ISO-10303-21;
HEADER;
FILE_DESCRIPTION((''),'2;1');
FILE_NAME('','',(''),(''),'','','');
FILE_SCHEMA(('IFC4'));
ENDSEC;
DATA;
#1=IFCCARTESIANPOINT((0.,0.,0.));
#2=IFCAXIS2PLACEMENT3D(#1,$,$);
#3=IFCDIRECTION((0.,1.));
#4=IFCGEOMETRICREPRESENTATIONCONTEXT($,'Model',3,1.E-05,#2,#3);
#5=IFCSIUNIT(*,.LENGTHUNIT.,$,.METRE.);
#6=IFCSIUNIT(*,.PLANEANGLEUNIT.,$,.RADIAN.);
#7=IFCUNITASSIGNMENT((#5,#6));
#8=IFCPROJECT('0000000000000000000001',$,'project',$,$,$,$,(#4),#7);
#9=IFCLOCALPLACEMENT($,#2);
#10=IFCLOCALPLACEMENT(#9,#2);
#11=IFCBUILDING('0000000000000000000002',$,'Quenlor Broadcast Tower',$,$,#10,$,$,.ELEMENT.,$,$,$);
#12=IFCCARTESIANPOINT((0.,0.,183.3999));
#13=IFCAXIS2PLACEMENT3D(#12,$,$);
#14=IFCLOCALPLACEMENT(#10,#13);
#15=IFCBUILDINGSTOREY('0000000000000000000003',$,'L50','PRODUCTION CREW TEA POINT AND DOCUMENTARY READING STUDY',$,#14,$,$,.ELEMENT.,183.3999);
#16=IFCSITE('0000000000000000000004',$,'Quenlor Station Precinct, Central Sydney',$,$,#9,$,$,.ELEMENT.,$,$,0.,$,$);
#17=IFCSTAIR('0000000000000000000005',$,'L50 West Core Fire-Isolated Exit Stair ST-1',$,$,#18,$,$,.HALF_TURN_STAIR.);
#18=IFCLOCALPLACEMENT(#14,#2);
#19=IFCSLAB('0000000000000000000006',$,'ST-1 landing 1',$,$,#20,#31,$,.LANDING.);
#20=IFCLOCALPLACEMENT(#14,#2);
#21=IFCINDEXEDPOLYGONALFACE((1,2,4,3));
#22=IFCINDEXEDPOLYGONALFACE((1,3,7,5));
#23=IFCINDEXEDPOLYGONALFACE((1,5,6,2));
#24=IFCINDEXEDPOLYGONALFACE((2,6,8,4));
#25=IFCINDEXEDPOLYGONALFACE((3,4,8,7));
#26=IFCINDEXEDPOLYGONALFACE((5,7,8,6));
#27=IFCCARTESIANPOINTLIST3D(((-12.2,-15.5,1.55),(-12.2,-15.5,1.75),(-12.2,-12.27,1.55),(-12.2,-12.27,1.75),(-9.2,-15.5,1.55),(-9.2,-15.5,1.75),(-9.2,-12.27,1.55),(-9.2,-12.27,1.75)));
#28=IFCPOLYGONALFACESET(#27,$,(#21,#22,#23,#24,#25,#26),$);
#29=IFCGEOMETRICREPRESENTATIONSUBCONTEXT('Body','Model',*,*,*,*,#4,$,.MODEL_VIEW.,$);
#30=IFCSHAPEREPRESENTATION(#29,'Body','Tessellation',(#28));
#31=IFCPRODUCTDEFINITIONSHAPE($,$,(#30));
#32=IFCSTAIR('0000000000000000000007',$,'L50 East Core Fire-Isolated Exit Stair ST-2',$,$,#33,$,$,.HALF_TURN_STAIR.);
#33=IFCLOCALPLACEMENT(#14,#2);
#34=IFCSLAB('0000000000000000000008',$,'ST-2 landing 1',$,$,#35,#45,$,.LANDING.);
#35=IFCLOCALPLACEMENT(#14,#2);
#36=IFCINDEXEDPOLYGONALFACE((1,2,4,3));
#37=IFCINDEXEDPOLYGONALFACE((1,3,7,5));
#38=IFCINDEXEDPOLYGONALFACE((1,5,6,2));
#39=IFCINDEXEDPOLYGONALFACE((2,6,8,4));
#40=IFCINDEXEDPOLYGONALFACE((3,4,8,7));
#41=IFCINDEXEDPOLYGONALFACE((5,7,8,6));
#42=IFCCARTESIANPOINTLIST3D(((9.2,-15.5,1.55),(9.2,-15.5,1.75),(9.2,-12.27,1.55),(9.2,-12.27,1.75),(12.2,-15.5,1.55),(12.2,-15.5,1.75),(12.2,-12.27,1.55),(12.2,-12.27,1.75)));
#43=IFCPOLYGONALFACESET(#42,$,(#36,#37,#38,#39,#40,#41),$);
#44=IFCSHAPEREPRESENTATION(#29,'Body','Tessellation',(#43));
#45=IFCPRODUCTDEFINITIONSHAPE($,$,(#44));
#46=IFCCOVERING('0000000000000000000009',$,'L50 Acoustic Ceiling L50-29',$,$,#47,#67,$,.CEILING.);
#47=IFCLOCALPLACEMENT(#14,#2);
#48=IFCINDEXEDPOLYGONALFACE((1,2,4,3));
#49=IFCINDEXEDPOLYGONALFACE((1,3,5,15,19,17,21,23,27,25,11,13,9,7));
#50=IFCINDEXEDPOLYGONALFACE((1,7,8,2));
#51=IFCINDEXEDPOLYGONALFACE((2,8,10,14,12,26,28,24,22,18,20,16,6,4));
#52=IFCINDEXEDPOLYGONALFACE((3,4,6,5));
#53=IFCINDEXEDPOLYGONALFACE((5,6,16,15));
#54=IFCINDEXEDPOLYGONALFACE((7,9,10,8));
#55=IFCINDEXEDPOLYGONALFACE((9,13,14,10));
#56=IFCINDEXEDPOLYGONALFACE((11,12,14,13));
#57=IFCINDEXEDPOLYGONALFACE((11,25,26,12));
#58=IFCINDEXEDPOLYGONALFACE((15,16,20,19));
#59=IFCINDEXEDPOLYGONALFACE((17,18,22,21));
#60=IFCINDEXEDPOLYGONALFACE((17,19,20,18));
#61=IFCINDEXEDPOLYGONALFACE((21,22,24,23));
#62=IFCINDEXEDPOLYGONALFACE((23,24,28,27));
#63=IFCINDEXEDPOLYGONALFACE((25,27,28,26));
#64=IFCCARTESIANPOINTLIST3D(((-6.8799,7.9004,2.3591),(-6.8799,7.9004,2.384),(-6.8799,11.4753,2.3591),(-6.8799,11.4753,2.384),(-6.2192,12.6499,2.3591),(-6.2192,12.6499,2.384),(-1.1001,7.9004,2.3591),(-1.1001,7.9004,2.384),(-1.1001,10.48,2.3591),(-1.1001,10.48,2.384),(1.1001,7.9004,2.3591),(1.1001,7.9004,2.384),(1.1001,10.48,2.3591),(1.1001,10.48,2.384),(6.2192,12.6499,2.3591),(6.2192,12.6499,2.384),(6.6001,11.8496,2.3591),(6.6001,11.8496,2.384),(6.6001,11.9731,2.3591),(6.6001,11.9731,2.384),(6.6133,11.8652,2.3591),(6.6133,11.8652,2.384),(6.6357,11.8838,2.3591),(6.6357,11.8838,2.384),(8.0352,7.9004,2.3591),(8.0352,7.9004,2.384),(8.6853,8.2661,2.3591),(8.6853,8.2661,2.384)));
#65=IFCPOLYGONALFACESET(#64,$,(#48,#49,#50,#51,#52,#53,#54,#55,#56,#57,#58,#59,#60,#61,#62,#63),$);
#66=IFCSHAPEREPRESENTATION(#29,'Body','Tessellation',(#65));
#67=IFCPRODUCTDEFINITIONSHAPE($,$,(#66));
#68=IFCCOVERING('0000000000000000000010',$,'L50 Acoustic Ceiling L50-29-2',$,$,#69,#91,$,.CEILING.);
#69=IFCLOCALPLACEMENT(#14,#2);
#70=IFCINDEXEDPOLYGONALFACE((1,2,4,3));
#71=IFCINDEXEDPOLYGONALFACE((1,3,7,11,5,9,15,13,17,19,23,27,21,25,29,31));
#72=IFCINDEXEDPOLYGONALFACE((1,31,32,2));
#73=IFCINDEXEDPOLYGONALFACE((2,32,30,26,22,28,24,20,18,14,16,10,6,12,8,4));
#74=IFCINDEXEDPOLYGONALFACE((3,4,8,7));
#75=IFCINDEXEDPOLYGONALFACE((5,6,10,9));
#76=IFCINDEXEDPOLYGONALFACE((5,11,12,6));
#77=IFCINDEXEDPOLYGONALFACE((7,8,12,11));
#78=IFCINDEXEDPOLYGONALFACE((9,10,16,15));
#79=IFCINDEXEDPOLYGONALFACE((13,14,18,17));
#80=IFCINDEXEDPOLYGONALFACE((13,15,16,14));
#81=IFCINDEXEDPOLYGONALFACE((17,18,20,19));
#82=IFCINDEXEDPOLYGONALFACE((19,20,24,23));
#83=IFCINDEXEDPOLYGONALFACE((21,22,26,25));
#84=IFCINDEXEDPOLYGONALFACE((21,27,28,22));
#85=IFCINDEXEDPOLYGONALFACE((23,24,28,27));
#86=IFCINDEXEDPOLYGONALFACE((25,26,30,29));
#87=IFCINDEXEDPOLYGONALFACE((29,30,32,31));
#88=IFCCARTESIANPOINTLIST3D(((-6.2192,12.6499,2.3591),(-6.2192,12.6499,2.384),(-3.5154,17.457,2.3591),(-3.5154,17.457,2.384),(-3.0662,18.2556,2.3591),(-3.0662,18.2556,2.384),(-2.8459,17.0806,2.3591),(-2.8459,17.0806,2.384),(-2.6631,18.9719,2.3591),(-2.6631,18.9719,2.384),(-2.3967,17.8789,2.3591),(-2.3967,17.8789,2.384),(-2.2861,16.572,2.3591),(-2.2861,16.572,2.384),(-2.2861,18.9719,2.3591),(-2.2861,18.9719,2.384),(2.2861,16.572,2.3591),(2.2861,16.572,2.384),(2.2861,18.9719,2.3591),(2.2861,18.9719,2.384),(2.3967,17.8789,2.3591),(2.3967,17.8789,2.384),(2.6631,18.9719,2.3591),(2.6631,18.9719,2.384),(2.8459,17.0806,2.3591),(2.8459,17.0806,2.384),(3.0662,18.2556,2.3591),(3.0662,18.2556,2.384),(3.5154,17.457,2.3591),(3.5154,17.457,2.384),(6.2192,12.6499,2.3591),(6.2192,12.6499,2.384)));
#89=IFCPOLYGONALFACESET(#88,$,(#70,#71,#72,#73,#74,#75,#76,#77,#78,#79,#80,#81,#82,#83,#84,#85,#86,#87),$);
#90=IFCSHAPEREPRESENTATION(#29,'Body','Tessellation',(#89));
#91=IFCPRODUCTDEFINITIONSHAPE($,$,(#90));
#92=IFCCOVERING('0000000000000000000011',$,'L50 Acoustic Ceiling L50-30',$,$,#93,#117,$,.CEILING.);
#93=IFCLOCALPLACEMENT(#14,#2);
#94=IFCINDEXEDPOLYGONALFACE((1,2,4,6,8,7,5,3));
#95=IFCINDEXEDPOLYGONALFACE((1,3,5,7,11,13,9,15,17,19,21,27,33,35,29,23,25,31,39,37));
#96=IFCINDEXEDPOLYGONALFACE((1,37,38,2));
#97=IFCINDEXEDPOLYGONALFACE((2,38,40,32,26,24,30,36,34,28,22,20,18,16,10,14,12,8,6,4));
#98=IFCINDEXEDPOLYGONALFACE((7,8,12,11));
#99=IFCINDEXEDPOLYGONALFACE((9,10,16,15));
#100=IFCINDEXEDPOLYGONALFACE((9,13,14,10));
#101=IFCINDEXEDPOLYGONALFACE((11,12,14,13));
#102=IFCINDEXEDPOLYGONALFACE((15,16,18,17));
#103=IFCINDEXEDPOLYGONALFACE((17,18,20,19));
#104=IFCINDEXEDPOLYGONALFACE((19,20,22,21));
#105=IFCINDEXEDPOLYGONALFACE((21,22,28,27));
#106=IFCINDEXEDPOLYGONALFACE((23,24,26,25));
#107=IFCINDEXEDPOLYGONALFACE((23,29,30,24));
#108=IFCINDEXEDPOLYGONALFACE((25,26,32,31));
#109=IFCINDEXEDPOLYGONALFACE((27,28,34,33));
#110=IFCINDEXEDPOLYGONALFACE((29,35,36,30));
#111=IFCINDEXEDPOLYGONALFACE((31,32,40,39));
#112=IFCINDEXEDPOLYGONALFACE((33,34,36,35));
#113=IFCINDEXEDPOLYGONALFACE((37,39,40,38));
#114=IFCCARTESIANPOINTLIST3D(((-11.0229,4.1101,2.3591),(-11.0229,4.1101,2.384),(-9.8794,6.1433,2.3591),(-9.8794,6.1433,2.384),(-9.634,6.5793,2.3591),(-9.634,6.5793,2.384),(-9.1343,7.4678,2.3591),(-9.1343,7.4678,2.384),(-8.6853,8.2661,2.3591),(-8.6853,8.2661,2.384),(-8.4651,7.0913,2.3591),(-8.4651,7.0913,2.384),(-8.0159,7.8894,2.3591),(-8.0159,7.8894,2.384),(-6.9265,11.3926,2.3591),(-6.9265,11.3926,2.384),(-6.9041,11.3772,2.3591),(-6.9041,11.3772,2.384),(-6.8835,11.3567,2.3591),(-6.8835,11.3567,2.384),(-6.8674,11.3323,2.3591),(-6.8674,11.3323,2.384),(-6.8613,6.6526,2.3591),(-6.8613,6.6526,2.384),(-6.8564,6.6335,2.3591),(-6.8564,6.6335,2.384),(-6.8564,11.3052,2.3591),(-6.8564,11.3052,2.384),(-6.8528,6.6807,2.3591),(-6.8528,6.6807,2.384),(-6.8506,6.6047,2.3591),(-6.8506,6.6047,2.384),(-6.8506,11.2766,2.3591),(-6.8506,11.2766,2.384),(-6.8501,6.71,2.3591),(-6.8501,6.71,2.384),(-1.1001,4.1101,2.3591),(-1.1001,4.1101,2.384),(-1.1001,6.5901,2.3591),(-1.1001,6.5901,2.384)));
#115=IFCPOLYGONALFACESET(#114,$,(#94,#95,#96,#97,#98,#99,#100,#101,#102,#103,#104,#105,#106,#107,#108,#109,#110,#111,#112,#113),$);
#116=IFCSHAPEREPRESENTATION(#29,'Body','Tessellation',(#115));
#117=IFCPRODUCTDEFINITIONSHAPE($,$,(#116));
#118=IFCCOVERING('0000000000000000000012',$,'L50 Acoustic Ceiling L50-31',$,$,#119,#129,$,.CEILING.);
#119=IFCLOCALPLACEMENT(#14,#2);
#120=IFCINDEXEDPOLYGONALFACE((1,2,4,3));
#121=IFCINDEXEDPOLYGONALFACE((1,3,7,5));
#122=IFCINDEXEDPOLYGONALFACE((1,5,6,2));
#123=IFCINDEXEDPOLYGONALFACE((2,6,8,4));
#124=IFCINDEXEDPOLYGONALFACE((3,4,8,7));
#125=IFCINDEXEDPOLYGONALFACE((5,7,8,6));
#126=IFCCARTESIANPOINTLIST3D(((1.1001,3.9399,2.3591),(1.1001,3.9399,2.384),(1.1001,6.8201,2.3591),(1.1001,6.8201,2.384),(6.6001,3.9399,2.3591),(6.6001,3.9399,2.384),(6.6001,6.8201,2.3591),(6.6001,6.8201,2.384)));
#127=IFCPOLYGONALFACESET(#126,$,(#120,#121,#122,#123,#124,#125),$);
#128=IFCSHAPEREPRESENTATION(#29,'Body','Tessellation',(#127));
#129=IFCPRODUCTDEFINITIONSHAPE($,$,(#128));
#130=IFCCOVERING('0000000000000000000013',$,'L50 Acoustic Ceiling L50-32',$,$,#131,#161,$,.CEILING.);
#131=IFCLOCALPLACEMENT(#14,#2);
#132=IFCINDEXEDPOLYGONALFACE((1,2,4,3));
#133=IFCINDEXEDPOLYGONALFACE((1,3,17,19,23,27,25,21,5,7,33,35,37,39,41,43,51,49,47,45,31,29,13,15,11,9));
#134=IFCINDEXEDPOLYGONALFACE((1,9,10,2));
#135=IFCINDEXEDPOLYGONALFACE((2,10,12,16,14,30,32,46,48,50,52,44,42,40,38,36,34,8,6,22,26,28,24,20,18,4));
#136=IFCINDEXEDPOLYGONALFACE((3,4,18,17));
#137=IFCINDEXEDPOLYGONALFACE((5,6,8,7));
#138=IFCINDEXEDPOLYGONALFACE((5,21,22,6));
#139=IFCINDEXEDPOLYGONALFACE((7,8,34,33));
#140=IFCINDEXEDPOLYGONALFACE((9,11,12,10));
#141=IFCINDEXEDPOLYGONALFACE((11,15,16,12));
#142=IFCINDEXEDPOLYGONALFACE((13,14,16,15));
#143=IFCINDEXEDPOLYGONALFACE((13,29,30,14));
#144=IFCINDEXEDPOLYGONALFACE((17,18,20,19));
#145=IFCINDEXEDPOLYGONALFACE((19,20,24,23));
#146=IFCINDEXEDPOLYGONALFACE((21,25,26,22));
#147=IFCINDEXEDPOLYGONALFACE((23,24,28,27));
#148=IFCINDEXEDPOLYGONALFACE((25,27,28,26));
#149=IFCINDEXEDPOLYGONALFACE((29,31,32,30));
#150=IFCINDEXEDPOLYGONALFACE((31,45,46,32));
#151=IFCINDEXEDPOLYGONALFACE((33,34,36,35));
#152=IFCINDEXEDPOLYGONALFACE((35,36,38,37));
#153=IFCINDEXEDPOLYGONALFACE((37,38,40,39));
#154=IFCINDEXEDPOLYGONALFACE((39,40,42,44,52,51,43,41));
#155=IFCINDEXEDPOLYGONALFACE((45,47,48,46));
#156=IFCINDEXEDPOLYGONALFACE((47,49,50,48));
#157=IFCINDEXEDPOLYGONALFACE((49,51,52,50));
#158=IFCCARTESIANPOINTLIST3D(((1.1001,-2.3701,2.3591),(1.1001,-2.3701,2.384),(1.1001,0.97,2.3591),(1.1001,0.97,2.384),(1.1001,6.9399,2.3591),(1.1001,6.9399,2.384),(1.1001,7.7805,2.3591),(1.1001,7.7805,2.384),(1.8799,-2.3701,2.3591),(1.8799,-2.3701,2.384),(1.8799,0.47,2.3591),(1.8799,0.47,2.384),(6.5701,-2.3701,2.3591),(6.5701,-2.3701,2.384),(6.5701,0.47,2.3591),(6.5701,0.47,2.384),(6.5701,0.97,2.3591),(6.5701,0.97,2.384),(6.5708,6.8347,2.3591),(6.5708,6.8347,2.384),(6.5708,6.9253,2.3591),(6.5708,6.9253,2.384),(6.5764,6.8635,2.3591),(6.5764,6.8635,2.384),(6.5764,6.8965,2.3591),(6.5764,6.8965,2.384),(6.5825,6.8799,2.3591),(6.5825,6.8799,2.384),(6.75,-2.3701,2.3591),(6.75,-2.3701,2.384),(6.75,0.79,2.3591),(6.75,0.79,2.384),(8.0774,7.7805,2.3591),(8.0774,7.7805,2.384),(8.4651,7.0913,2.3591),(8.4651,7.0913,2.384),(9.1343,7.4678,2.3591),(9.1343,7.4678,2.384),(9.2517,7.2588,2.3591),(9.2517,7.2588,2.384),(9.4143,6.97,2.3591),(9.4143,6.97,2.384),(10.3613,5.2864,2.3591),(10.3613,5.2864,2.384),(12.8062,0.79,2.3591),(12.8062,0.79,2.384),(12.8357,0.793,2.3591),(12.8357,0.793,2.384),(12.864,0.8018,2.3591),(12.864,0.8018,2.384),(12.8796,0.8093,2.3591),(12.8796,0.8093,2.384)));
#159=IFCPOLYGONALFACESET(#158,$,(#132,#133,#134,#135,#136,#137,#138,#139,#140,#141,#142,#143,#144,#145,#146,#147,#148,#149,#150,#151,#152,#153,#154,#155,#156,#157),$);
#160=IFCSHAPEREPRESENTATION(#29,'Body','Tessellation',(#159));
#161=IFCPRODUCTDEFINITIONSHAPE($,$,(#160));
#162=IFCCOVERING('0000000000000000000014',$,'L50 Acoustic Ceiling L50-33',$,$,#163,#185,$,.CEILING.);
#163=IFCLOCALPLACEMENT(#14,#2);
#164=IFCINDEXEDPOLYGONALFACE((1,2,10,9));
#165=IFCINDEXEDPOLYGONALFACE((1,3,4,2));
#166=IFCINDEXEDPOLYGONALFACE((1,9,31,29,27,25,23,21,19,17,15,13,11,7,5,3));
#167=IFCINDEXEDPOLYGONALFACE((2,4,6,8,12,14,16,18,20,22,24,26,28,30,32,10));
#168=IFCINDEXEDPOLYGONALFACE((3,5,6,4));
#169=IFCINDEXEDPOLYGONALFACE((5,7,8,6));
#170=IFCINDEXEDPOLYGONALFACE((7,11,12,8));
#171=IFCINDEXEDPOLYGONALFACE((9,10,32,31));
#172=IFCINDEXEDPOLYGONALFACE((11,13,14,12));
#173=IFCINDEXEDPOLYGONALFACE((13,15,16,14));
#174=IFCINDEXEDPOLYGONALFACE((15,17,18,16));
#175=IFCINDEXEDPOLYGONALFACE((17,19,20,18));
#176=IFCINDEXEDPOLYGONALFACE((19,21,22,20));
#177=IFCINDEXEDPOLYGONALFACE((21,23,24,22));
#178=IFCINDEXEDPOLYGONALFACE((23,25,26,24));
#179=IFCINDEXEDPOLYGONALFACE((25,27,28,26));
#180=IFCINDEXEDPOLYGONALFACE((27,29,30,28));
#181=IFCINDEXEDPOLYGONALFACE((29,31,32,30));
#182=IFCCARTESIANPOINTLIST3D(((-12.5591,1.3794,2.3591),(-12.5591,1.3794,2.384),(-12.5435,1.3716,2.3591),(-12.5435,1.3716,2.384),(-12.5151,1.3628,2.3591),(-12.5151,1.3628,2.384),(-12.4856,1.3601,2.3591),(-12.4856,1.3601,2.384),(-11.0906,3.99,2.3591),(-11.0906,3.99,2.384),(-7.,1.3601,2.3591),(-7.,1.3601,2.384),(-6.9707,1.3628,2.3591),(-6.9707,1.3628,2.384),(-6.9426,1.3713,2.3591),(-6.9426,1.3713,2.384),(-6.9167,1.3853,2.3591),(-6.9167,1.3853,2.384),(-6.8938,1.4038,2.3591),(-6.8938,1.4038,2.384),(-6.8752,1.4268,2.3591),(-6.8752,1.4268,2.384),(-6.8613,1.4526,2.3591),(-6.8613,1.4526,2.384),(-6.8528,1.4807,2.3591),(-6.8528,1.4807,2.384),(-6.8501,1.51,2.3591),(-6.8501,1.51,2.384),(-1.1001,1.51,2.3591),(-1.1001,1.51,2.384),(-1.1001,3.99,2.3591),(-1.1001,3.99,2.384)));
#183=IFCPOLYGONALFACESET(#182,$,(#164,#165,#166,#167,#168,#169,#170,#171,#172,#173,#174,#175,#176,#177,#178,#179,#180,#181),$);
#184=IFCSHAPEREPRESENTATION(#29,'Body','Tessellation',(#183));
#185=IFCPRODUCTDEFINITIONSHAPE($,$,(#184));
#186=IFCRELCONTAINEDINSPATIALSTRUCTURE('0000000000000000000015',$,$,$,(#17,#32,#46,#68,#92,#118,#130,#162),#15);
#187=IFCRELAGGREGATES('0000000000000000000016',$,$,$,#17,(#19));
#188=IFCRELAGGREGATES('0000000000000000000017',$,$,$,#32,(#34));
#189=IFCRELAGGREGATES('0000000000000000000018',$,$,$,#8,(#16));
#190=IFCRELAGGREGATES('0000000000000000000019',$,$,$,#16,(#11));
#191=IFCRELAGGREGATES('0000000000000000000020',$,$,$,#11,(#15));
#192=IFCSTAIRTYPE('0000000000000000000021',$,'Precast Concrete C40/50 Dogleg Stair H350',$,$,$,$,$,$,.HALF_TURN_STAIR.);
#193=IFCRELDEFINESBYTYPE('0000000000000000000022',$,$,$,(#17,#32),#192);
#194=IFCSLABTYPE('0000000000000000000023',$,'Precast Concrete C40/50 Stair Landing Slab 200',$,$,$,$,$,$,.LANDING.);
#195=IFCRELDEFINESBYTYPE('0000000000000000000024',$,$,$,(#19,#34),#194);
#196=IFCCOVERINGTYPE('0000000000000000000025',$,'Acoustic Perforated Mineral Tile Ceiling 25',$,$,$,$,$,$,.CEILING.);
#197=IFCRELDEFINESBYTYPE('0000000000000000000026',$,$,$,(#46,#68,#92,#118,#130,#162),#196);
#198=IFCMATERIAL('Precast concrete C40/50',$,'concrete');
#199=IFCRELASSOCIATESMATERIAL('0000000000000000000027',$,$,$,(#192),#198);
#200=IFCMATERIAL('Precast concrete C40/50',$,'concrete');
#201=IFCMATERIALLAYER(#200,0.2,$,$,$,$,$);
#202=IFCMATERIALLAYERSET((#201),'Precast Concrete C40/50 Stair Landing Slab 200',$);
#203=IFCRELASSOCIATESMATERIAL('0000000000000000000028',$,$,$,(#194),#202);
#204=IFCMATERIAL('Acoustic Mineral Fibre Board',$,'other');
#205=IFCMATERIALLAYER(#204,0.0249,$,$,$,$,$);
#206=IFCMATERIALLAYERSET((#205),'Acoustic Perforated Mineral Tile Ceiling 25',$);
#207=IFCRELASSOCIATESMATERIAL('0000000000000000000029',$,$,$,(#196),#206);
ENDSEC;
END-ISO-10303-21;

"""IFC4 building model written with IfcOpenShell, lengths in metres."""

from ifc_helpers import new_model, si_unit, direction, frame, origin, place, context, subcontext, project, spatial, polyline, outline, extrude, material, layer, layer_set, type_object, element, aggregate, save


model = new_model("IFC4")

# Units and contexts
model_context = context("Model", 3, precision=1e-05, world=origin(), true_north=direction((0.0, 1.0)))
body_context = subcontext(model_context, "Body", "Model", "MODEL_VIEW")
ifc_project = project(units=[si_unit("LENGTHUNIT", "METRE"), si_unit("PLANEANGLEUNIT", "RADIAN")], contexts=[model_context])

# Site, building, storey
site_placement = place(None, origin())
site = spatial("IfcSite", under=ifc_project, at=site_placement, Name="Quenlor Station Precinct, Central Sydney", CompositionType="ELEMENT", RefElevation=0.0)
building_placement = place(site_placement, origin())
building = spatial("IfcBuilding", under=site, at=building_placement, Name="Quenlor Broadcast Tower", CompositionType="ELEMENT")
storey_placement = place(building_placement, frame((0.0, 0.0, 183.3999)))
storey = spatial("IfcBuildingStorey", under=building, at=storey_placement, Name="L50", Description="PRODUCTION CREW TEA POINT AND DOCUMENTARY READING STUDY", CompositionType="ELEMENT", Elevation=183.3999)

# Stairs, slabs
ifc_material_1 = material(Name="Precast concrete C40/50", Category="concrete")
stair_type = type_object("IfcStairType", Name="Precast Concrete C40/50 Dogleg Stair H350", PredefinedType="HALF_TURN_STAIR", material=ifc_material_1)
stair_1_placement = place(storey_placement, origin())
stair_1 = element("IfcStair", 1, at=stair_1_placement, inside=storey, type_object=stair_type, Name="L50 West Core Fire-Isolated Exit Stair ST-1", PredefinedType="HALF_TURN_STAIR")
ifc_material_2 = material(Name="Precast concrete C40/50", Category="concrete")
ifc_layer_1 = layer(ifc_material_2, 0.2)
ifc_layer_set_1 = layer_set([ifc_layer_1], Name="Precast Concrete C40/50 Stair Landing Slab 200")
slab_type = type_object("IfcSlabType", Name="Precast Concrete C40/50 Stair Landing Slab 200", PredefinedType="LANDING", material=ifc_layer_set_1)
slab_1_placement = place(storey_placement, frame((0.0, 0.0, 1.55)))
slab_1 = element("IfcSlab", 2, at=slab_1_placement, type_object=slab_type, Name="ST-1 landing 1", PredefinedType="LANDING", context=body_context, shape_type="SweptSolid", body=[
    extrude(outline(polyline([(-12.2, -12.27), (-12.2, -15.5), (-9.2, -15.5), (-9.2, -12.27), (-12.2, -12.27)])), origin(), (0.0, 0.0, 1.0), 0.2),
])
aggregate(stair_1, [slab_1])
stair_2_placement = place(storey_placement, origin())
stair_2 = element("IfcStair", 3, at=stair_2_placement, inside=storey, type_object=stair_type, Name="L50 East Core Fire-Isolated Exit Stair ST-2", PredefinedType="HALF_TURN_STAIR")
slab_2_placement = place(storey_placement, frame((0.0, 0.0, 1.55)))
slab_2 = element("IfcSlab", 4, at=slab_2_placement, type_object=slab_type, Name="ST-2 landing 1", PredefinedType="LANDING", context=body_context, shape_type="SweptSolid", body=[
    extrude(outline(polyline([(9.2, -12.27), (9.2, -15.5), (12.2, -15.5), (12.2, -12.27), (9.2, -12.27)])), origin(), (0.0, 0.0, 1.0), 0.2),
])
aggregate(stair_2, [slab_2])

# Coverings
ifc_material_3 = material(Name="Acoustic Mineral Fibre Board", Category="other")
ifc_layer_2 = layer(ifc_material_3, 0.0249)
ifc_layer_set_2 = layer_set([ifc_layer_2], Name="Acoustic Perforated Mineral Tile Ceiling 25")
covering_type_1 = type_object("IfcCoveringType", Name="Acoustic Perforated Mineral Tile Ceiling 25", PredefinedType="CEILING", material=ifc_layer_set_2)
covering_1_placement = place(storey_placement, frame((0.0, 0.0, 2.3591)))
element("IfcCovering", 5, at=covering_1_placement, inside=storey, type_object=covering_type_1, Name="L50 Acoustic Ceiling L50-29", PredefinedType="CEILING", context=body_context, shape_type="SweptSolid", body=[
    extrude(outline(polyline([(-6.8799, 7.9004), (-6.8799, 11.4753), (-6.2192, 12.6499), (6.2192, 12.6499), (6.6001, 11.9731), (6.6001, 11.8496), (6.6133, 11.8652), (6.6357, 11.8838), (8.6853, 8.2661), (8.0352, 7.9004), (1.1001, 7.9004), (1.1001, 10.48), (-1.1001, 10.48), (-1.1001, 7.9004), (-6.8799, 7.9004)])), origin(), (0.0, 0.0, 1.0), 0.0249),
])
covering_2_placement = place(storey_placement, frame((0.0, 0.0, 2.3591)))
element("IfcCovering", 6, at=covering_2_placement, inside=storey, type_object=covering_type_1, Name="L50 Acoustic Ceiling L50-29-2", PredefinedType="CEILING", context=body_context, shape_type="SweptSolid", body=[
    extrude(outline(polyline([(-3.5154, 17.457), (-2.8459, 17.0806), (-2.3967, 17.8789), (-3.0662, 18.2556), (-2.6631, 18.9719), (-2.2861, 18.9719), (-2.2861, 16.572), (2.2861, 16.572), (2.2861, 18.9719), (2.6631, 18.9719), (3.0662, 18.2556), (2.3967, 17.8789), (2.8459, 17.0806), (3.5154, 17.457), (6.2192, 12.6499), (-6.2192, 12.6499), (-3.5154, 17.457)])), origin(), (0.0, 0.0, 1.0), 0.0249),
])
covering_3_placement = place(storey_placement, frame((0.0, 0.0, 2.3591)))
element("IfcCovering", 7, at=covering_3_placement, inside=storey, type_object=covering_type_1, Name="L50 Acoustic Ceiling L50-30", PredefinedType="CEILING", context=body_context, shape_type="SweptSolid", body=[
    extrude(outline(polyline([(-1.1001, 4.1101), (-11.0229, 4.1101), (-9.8794, 6.1433), (-9.634, 6.5793), (-9.1343, 7.4678), (-8.4651, 7.0913), (-8.0159, 7.8894), (-8.6853, 8.2661), (-6.9265, 11.3926), (-6.9041, 11.3772), (-6.8835, 11.3567), (-6.8674, 11.3323), (-6.8564, 11.3052), (-6.8506, 11.2766), (-6.8501, 6.71), (-6.8528, 6.6807), (-6.8613, 6.6526), (-6.8564, 6.6335), (-6.8506, 6.6047), (-1.1001, 6.5901), (-1.1001, 4.1101)])), origin(), (0.0, 0.0, 1.0), 0.0249),
])
covering_4_placement = place(storey_placement, frame((0.0, 0.0, 2.3591)))
element("IfcCovering", 8, at=covering_4_placement, inside=storey, type_object=covering_type_1, Name="L50 Acoustic Ceiling L50-31", PredefinedType="CEILING", context=body_context, shape_type="SweptSolid", body=[
    extrude(outline(polyline([(1.1001, 6.8201), (6.6001, 6.8201), (6.6001, 3.9399), (1.1001, 3.9399), (1.1001, 6.8201)])), origin(), (0.0, 0.0, 1.0), 0.0249),
])
covering_5_placement = place(storey_placement, frame((0.0, 0.0, 2.3591)))
element("IfcCovering", 9, at=covering_5_placement, inside=storey, type_object=covering_type_1, Name="L50 Acoustic Ceiling L50-32", PredefinedType="CEILING", context=body_context, shape_type="SweptSolid", body=[
    extrude(outline(polyline([(6.5825, 6.8799), (6.5764, 6.8965), (6.5708, 6.9253), (1.1001, 6.9399), (1.1001, 7.7805), (8.0774, 7.7805), (8.4651, 7.0913), (9.1343, 7.4678), (9.2517, 7.2588), (9.4143, 6.97), (10.3613, 5.2864), (12.8796, 0.8093), (12.864, 0.8018), (12.8357, 0.793), (12.8062, 0.79), (6.75, 0.79), (6.75, -2.3701), (6.5701, -2.3701), (6.5701, 0.47), (1.8799, 0.47), (1.8799, -2.3701), (1.1001, -2.3701), (1.1001, 0.97), (6.5701, 0.97), (6.5708, 6.8347), (6.5764, 6.8635), (6.5825, 6.8799)])), origin(), (0.0, 0.0, 1.0), 0.0249),
])
covering_6_placement = place(storey_placement, frame((0.0, 0.0, 2.3591)))
element("IfcCovering", 10, at=covering_6_placement, inside=storey, type_object=covering_type_1, Name="L50 Acoustic Ceiling L50-33", PredefinedType="CEILING", context=body_context, shape_type="SweptSolid", body=[
    extrude(outline(polyline([(-6.8613, 1.4526), (-6.8752, 1.4268), (-6.8938, 1.4038), (-6.9167, 1.3853), (-6.9426, 1.3713), (-6.9707, 1.3628), (-7.0, 1.3601), (-12.4856, 1.3601), (-12.5151, 1.3628), (-12.5435, 1.3716), (-12.5591, 1.3794), (-11.0906, 3.99), (-1.1001, 3.99), (-1.1001, 1.51), (-6.8501, 1.51), (-6.8528, 1.4807), (-6.8613, 1.4526)])), origin(), (0.0, 0.0, 1.0), 0.0249),
])

save(model, "model.ifc")
